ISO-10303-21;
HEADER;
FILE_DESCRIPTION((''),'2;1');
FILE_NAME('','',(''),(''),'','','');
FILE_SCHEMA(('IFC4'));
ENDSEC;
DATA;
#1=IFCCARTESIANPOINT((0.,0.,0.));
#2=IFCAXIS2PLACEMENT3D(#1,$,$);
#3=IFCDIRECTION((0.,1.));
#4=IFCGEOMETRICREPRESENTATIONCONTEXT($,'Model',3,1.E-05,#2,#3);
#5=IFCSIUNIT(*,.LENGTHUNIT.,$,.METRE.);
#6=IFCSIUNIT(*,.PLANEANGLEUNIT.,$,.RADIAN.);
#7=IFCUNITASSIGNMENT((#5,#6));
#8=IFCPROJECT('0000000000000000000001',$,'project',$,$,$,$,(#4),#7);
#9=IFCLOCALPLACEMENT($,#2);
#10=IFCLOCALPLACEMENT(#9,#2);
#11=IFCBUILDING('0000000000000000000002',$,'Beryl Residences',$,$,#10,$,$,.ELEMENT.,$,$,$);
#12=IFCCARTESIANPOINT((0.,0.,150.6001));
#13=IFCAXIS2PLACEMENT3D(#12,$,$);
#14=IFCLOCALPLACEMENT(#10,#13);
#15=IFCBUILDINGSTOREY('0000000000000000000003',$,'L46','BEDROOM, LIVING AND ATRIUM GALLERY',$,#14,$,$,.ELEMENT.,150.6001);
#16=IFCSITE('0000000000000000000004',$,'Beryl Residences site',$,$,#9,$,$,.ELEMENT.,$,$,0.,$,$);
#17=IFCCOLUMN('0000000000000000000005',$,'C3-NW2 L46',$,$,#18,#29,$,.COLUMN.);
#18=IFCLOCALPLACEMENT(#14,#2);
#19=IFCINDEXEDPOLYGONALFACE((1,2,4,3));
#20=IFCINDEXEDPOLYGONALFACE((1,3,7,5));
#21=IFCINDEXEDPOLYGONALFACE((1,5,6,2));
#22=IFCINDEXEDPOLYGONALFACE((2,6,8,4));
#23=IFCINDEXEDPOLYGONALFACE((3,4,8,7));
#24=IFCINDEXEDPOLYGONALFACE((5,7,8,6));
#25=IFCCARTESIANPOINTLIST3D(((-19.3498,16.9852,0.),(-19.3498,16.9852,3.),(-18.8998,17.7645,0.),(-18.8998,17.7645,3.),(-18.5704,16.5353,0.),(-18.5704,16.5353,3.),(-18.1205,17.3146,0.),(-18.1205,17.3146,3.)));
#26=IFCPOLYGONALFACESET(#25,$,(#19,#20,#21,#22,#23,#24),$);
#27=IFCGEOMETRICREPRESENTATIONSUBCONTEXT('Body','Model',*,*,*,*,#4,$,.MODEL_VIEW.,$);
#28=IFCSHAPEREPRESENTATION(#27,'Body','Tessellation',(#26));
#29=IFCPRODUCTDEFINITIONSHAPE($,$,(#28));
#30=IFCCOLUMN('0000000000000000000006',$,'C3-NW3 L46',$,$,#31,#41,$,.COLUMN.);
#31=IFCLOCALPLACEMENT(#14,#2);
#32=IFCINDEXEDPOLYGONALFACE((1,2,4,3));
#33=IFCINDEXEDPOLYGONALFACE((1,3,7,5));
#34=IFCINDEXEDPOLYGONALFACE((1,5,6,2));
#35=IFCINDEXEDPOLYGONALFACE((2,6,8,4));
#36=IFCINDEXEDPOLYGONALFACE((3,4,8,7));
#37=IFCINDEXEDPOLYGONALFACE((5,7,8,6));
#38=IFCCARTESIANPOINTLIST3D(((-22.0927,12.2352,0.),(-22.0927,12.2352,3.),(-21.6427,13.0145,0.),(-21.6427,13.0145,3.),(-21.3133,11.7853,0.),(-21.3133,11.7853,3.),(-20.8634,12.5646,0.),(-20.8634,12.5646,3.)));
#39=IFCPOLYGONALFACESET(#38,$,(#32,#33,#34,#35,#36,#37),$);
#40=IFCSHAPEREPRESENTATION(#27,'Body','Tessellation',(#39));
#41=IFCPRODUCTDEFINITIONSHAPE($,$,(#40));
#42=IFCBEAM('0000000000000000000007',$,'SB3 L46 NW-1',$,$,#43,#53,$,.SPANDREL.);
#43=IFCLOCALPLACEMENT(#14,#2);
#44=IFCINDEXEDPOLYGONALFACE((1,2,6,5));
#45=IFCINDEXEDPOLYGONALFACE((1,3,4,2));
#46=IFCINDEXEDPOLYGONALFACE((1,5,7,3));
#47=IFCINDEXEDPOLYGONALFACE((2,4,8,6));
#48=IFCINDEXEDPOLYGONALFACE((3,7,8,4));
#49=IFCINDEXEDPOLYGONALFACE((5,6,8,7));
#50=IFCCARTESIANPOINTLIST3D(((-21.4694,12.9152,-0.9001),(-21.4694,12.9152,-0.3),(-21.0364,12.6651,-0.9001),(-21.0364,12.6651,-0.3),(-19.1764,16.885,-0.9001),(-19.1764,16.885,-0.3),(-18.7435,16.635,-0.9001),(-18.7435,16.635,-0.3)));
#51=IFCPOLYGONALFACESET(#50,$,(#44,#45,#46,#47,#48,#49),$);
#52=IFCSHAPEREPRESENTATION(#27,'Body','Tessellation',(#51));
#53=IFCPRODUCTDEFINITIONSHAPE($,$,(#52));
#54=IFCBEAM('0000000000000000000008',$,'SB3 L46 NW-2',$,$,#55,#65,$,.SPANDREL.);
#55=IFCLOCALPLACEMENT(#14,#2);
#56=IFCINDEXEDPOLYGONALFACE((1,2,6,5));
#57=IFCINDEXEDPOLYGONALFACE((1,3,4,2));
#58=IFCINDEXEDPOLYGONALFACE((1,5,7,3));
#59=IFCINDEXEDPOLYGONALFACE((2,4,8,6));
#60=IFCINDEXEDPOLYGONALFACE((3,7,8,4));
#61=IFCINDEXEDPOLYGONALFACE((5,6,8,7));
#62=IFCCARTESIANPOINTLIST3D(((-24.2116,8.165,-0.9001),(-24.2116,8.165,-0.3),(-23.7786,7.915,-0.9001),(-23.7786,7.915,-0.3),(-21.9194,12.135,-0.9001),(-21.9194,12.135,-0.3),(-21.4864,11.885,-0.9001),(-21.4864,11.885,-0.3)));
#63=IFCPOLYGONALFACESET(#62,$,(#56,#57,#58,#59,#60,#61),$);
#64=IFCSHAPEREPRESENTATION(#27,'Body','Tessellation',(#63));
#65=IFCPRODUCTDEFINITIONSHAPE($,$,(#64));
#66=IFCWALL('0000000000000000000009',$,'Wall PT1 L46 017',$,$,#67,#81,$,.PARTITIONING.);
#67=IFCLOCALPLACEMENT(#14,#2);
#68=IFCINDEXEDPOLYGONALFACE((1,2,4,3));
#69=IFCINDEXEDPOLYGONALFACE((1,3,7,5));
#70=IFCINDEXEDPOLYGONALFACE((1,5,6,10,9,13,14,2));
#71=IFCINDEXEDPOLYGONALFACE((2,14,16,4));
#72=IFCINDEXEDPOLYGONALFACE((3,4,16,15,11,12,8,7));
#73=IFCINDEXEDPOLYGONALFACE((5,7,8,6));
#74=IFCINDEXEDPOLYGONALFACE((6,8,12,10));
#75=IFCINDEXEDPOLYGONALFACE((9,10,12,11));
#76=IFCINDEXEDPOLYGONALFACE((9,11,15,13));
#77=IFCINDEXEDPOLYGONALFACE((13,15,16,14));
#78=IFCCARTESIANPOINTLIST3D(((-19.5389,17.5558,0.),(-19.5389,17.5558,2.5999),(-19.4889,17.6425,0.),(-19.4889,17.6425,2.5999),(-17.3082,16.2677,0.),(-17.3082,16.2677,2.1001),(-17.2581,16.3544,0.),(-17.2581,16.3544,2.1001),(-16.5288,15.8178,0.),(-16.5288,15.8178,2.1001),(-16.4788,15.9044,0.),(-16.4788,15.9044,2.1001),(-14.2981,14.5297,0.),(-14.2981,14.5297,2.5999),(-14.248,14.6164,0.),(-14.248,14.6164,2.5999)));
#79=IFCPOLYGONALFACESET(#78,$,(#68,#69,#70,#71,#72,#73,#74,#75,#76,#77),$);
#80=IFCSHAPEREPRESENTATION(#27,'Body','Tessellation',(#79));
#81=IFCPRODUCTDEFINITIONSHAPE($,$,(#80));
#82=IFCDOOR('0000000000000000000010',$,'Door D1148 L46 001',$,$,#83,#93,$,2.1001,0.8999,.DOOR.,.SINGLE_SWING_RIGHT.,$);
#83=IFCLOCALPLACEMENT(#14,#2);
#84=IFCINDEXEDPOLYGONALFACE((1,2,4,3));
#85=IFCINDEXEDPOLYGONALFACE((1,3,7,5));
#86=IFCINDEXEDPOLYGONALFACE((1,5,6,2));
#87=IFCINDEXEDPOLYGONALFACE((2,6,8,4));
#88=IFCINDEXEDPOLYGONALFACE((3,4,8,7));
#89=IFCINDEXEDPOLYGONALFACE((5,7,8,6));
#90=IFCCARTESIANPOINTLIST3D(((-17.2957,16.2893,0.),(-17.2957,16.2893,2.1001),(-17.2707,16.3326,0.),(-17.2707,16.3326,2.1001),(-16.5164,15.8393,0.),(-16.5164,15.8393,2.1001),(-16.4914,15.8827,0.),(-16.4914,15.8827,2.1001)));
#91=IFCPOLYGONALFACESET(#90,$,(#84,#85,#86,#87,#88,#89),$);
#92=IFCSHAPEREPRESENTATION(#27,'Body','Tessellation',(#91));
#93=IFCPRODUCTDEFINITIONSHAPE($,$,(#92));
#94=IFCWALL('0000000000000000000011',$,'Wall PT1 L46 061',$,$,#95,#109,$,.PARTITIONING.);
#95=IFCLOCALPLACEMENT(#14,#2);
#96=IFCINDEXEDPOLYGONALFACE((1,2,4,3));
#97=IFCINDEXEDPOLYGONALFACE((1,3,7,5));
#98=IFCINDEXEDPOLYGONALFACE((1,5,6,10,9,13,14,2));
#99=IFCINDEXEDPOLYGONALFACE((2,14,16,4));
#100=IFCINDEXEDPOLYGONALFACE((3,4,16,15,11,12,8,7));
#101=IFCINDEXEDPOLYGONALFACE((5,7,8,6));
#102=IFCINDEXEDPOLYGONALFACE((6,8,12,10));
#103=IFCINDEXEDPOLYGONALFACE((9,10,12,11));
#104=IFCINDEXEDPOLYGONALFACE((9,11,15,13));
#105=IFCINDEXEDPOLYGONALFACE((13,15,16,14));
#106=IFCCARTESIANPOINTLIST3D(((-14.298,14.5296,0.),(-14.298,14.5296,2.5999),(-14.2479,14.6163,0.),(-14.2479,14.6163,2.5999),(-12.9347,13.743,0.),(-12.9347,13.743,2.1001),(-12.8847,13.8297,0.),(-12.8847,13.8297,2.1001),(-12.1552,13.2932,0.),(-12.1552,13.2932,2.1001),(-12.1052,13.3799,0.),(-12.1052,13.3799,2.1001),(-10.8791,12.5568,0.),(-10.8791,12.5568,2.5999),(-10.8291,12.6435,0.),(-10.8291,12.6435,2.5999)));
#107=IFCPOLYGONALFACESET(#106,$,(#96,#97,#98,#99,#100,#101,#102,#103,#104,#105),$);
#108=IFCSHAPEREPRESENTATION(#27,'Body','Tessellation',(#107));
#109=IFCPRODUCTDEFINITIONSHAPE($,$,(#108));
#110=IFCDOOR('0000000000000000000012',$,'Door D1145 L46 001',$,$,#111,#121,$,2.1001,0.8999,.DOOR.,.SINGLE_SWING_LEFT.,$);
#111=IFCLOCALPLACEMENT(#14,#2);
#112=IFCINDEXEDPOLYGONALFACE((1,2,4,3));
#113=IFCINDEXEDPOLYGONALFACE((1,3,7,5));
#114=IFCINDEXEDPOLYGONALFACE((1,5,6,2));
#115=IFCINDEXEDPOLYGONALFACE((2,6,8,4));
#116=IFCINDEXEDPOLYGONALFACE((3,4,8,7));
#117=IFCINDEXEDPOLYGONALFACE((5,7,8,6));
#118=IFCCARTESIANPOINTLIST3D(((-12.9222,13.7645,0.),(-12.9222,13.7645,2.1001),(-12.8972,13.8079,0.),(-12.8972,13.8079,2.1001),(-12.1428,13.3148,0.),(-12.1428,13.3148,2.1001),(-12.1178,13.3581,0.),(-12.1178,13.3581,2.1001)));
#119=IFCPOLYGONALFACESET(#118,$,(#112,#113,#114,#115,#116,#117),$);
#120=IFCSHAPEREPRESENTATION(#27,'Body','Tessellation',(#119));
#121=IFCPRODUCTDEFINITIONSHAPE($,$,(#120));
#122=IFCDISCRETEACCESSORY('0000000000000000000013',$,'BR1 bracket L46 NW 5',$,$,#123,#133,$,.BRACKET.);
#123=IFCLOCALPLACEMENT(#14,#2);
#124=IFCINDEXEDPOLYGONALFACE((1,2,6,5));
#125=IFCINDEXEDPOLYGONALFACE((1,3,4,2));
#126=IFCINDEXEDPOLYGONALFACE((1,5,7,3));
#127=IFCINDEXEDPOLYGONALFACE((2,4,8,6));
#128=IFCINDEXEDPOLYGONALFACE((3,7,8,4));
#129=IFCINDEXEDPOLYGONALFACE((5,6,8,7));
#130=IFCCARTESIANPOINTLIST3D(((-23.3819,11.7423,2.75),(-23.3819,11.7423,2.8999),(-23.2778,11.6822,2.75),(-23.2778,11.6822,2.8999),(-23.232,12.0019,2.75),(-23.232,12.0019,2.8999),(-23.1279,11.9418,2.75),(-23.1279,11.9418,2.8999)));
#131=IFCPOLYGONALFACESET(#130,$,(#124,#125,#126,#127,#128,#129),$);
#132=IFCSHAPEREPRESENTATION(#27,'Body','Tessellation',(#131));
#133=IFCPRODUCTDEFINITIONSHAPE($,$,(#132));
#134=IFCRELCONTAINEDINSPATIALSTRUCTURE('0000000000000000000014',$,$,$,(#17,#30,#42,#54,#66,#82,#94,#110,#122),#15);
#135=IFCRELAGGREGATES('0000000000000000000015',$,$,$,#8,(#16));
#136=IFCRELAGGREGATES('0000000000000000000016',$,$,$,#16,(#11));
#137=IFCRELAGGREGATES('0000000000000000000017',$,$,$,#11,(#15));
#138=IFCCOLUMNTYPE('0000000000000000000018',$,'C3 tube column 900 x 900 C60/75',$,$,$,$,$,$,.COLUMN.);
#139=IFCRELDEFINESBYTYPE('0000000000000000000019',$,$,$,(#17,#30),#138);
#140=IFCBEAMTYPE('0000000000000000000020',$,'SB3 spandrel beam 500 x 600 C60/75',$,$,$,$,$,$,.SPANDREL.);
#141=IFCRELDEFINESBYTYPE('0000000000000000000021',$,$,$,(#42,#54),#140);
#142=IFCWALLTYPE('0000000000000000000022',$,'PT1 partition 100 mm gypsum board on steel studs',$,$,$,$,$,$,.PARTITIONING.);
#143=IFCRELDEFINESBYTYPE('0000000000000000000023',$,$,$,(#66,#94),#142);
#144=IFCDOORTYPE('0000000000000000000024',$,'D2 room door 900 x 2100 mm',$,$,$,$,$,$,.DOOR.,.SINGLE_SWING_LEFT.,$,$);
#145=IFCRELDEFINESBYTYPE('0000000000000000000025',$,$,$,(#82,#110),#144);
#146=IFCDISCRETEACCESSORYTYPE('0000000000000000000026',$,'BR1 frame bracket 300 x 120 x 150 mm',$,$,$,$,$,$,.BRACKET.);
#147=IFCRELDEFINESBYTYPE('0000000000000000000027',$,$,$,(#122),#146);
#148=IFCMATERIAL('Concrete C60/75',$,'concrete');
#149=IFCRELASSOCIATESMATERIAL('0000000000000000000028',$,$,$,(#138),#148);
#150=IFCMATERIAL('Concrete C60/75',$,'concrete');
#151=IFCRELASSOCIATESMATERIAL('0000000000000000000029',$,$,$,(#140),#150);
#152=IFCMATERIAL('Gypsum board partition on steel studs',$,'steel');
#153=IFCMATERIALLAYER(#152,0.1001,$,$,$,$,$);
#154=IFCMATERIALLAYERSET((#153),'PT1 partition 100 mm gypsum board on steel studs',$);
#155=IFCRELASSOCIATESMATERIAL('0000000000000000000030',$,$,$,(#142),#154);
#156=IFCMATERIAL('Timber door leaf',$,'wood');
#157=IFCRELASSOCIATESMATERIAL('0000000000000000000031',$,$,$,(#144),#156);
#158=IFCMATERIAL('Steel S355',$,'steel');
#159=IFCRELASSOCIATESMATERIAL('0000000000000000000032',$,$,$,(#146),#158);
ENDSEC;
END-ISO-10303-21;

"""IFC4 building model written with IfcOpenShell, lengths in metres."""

from ifc_helpers import new_model, si_unit, direction, frame, frame_2d, origin, origin_2d, place, context, subcontext, project, spatial, polyline, rectangle, outline, extrude, source, transform, mapped, material, layer, layer_set, material_profile, profile_set, type_object, type_shapes, element, fill, save


model = new_model("IFC4")

# Units and contexts
model_context = context("Model", 3, precision=1e-05, world=origin(), true_north=direction((0.0, 1.0)))
body_context = subcontext(model_context, "Body", "Model", "MODEL_VIEW")
ifc_project = project(units=[si_unit("LENGTHUNIT", "METRE"), si_unit("PLANEANGLEUNIT", "RADIAN")], contexts=[model_context])

# Site, building, storey
site_placement = place(None, origin())
site = spatial("IfcSite", under=ifc_project, at=site_placement, Name="Beryl Residences site", CompositionType="ELEMENT", RefElevation=0.0)
building_placement = place(site_placement, origin())
building = spatial("IfcBuilding", under=site, at=building_placement, Name="Beryl Residences", CompositionType="ELEMENT")
storey_placement = place(building_placement, frame((0.0, 0.0, 150.6001)))
storey = spatial("IfcBuildingStorey", under=building, at=storey_placement, Name="L46", Description="BEDROOM, LIVING AND ATRIUM GALLERY", CompositionType="ELEMENT", Elevation=150.6001)

# Columns
ifc_material_1 = material(Name="Concrete C60/75", Category="concrete")
ifc_material_profile_1 = material_profile(ifc_material_1, rectangle(XDim=0.8999, YDim=0.8999, at=origin_2d()))
ifc_profile_set_1 = profile_set([ifc_material_profile_1], Name="Concrete C60/75")
column_type = type_object("IfcColumnType", Name="C3 tube column 900 x 900 C60/75", PredefinedType="COLUMN", material=ifc_profile_set_1)
for number, where, z_axis, x_axis, name in (
    (1, (-18.7351, 17.1499, 0.0), (0.0, 0.0, 1.0), (-0.5, -0.866025, 0.0), "C3-NW2 L46"),
    (2, (-21.478, 12.3999, 0.0), (0.0, 0.0, 1.0), (-0.5, -0.866025, 0.0), "C3-NW3 L46"),
):
    element("IfcColumn", number, at=place(storey_placement, frame(where, z_axis=z_axis, x_axis=x_axis)), inside=storey, type_object=column_type, Name=name, PredefinedType="COLUMN", context=body_context, shape_type="SweptSolid", body=[
        extrude(rectangle(XDim=0.8999, YDim=0.8999, at=origin_2d()), origin(), (0.0, 0.0, 1.0), 3.0),
    ])

# Beams
ifc_material_2 = material(Name="Concrete C60/75", Category="concrete")
ifc_material_profile_2 = material_profile(ifc_material_2, rectangle(XDim=0.5, YDim=0.6001, at=origin_2d()))
ifc_profile_set_2 = profile_set([ifc_material_profile_2], Name="Concrete C60/75")
beam_type = type_object("IfcBeamType", Name="SB3 spandrel beam 500 x 600 C60/75", PredefinedType="SPANDREL", material=ifc_profile_set_2)
beam_1_placement = place(storey_placement, frame((-18.96, 16.76, -0.6001), z_axis=(-0.500148, -0.86594, 0.0), x_axis=(0.86594, -0.500148, 0.0)))
element("IfcBeam", 3, at=beam_1_placement, inside=storey, type_object=beam_type, Name="SB3 L46 NW-1", PredefinedType="SPANDREL", context=body_context, shape_type="SweptSolid", body=[
    extrude(rectangle(XDim=0.5, YDim=0.6001, at=origin_2d()), origin(), (0.0, 0.0, 1.0), 4.5845),
])
beam_2_placement = place(storey_placement, frame((-21.7029, 12.01, -0.6001), z_axis=(-0.500028, -0.866009, 0.0), x_axis=(0.866009, -0.500028, 0.0)))
element("IfcBeam", 4, at=beam_2_placement, inside=storey, type_object=beam_type, Name="SB3 L46 NW-2", PredefinedType="SPANDREL", context=body_context, shape_type="SweptSolid", body=[
    extrude(rectangle(XDim=0.5, YDim=0.6001, at=origin_2d()), origin(), (0.0, 0.0, 1.0), 4.5842),
])

# Walls, openings, doors
ifc_material_3 = material(Name="Gypsum board partition on steel studs", Category="steel")
ifc_layer = layer(ifc_material_3, 0.1001)
ifc_layer_set = layer_set([ifc_layer], Name="PT1 partition 100 mm gypsum board on steel studs")
wall_type = type_object("IfcWallType", Name="PT1 partition 100 mm gypsum board on steel studs", PredefinedType="PARTITIONING", material=ifc_layer_set)
wall_1_placement = place(storey_placement, frame((-19.5139, 17.5991, 0.0), z_axis=(0.0, 0.0, 1.0), x_axis=(0.866008, -0.500031, 0.0)))
wall_1 = element("IfcWall", 5, at=wall_1_placement, inside=storey, type_object=wall_type, Name="Wall PT1 L46 017", PredefinedType="PARTITIONING", context=body_context, shape_type="SweptSolid", body=[
    extrude(rectangle(XDim=6.0518, YDim=0.1001, at=frame_2d((3.0259, 0.0))), origin(), (0.0, 0.0, 1.0), 2.5999),
])
opening_1_placement = place(wall_1_placement, frame((2.5759, 0.0, 0.0)))
opening_1 = element("IfcOpeningElement", 6, at=opening_1_placement, cuts=wall_1, PredefinedType="OPENING", context=body_context, shape_type="SweptSolid", body=[
    extrude(rectangle(XDim=0.8999, YDim=2.1001, at=frame_2d((0.45, 1.05))), frame((0.0, 0.0601, 0.0), z_axis=(0.0, -1.0, 0.0), x_axis=(1.0, 0.0, 0.0)), (0.0, 0.0, 1.0), 0.1201),
])
ifc_material_4 = material(Name="Timber door leaf", Category="wood")
door_type = type_object("IfcDoorType", Name="D2 room door 900 x 2100 mm", OperationType="SINGLE_SWING_LEFT", PredefinedType="DOOR", material=ifc_material_4)
door_1_placement = place(opening_1_placement, origin())
door_1 = element("IfcDoor", 7, at=door_1_placement, inside=storey, type_object=door_type, Name="Door D1148 L46 001", OperationType="SINGLE_SWING_RIGHT", OverallHeight=2.1001, OverallWidth=0.8999, PredefinedType="DOOR", context=body_context, shape_type="SweptSolid", body=[
    extrude(rectangle(XDim=0.8999, YDim=2.1001, at=frame_2d((0.45, 1.05))), frame((0.0, 0.0249, 0.0), z_axis=(0.0, -1.0, 0.0), x_axis=(1.0, 0.0, 0.0)), (0.0, 0.0, 1.0), 0.05),
])
fill(opening_1, door_1)
wall_2_placement = place(storey_placement, frame((-14.2729, 14.573, 0.0), z_axis=(0.0, 0.0, 1.0), x_axis=(0.866138, -0.499805, 0.0)))
wall_2 = element("IfcWall", 8, at=wall_2_placement, inside=storey, type_object=wall_type, Name="Wall PT1 L46 061", PredefinedType="PARTITIONING", context=body_context, shape_type="SweptSolid", body=[
    extrude(rectangle(XDim=3.9473, YDim=0.1001, at=frame_2d((1.9736, 0.0))), origin(), (0.0, 0.0, 1.0), 2.5999),
])
opening_2_placement = place(wall_2_placement, frame((1.574, 0.0, 0.0)))
opening_2 = element("IfcOpeningElement", 9, at=opening_2_placement, cuts=wall_2, PredefinedType="OPENING", context=body_context, shape_type="SweptSolid", body=[
    extrude(rectangle(XDim=0.8999, YDim=2.1001, at=frame_2d((0.45, 1.05))), frame((0.0, 0.0601, 0.0), z_axis=(0.0, -1.0, 0.0), x_axis=(1.0, 0.0, 0.0)), (0.0, 0.0, 1.0), 0.1201),
])
door_2_placement = place(opening_2_placement, origin())
door_2 = element("IfcDoor", 10, at=door_2_placement, inside=storey, type_object=door_type, Name="Door D1145 L46 001", OperationType="SINGLE_SWING_LEFT", OverallHeight=2.1001, OverallWidth=0.8999, PredefinedType="DOOR", context=body_context, shape_type="SweptSolid", body=[
    extrude(rectangle(XDim=0.8999, YDim=2.1001, at=frame_2d((0.45, 1.05))), frame((0.0, 0.0249, 0.0), z_axis=(0.0, -1.0, 0.0), x_axis=(1.0, 0.0, 0.0)), (0.0, 0.0, 1.0), 0.05),
])
fill(opening_2, door_2)

# Discrete accessory
ifc_material_5 = material(Name="Steel S355", Category="steel")
discrete_accessory_type = type_object("IfcDiscreteAccessoryType", Name="BR1 frame bracket 300 x 120 x 150 mm", PredefinedType="BRACKET", material=ifc_material_5)
shared_shape_1 = source(origin(), body_context, "Body", "SweptSolid", [
    extrude(outline(polyline([(-0.1499, 0.0), (0.1499, 0.0), (0.1499, 0.1201), (-0.1499, 0.1201), (-0.1499, 0.0)])), origin(), (0.0, 0.0, 1.0), 0.1499),
])
type_shapes(discrete_accessory_type, [shared_shape_1])
discrete_accessory_placement = place(storey_placement, frame((-23.2029, 11.812, 2.75), z_axis=(0.0, 0.0, 1.0), x_axis=(0.5, 0.866025, 0.0)))
element("IfcDiscreteAccessory", 11, at=discrete_accessory_placement, inside=storey, type_object=discrete_accessory_type, Name="BR1 bracket L46 NW 5", PredefinedType="BRACKET", context=body_context, shape_type="MappedRepresentation", body=[
    mapped(shared_shape_1, transform((0.0, 0.0, 0.0))),
])

save(model, "model.ifc")
